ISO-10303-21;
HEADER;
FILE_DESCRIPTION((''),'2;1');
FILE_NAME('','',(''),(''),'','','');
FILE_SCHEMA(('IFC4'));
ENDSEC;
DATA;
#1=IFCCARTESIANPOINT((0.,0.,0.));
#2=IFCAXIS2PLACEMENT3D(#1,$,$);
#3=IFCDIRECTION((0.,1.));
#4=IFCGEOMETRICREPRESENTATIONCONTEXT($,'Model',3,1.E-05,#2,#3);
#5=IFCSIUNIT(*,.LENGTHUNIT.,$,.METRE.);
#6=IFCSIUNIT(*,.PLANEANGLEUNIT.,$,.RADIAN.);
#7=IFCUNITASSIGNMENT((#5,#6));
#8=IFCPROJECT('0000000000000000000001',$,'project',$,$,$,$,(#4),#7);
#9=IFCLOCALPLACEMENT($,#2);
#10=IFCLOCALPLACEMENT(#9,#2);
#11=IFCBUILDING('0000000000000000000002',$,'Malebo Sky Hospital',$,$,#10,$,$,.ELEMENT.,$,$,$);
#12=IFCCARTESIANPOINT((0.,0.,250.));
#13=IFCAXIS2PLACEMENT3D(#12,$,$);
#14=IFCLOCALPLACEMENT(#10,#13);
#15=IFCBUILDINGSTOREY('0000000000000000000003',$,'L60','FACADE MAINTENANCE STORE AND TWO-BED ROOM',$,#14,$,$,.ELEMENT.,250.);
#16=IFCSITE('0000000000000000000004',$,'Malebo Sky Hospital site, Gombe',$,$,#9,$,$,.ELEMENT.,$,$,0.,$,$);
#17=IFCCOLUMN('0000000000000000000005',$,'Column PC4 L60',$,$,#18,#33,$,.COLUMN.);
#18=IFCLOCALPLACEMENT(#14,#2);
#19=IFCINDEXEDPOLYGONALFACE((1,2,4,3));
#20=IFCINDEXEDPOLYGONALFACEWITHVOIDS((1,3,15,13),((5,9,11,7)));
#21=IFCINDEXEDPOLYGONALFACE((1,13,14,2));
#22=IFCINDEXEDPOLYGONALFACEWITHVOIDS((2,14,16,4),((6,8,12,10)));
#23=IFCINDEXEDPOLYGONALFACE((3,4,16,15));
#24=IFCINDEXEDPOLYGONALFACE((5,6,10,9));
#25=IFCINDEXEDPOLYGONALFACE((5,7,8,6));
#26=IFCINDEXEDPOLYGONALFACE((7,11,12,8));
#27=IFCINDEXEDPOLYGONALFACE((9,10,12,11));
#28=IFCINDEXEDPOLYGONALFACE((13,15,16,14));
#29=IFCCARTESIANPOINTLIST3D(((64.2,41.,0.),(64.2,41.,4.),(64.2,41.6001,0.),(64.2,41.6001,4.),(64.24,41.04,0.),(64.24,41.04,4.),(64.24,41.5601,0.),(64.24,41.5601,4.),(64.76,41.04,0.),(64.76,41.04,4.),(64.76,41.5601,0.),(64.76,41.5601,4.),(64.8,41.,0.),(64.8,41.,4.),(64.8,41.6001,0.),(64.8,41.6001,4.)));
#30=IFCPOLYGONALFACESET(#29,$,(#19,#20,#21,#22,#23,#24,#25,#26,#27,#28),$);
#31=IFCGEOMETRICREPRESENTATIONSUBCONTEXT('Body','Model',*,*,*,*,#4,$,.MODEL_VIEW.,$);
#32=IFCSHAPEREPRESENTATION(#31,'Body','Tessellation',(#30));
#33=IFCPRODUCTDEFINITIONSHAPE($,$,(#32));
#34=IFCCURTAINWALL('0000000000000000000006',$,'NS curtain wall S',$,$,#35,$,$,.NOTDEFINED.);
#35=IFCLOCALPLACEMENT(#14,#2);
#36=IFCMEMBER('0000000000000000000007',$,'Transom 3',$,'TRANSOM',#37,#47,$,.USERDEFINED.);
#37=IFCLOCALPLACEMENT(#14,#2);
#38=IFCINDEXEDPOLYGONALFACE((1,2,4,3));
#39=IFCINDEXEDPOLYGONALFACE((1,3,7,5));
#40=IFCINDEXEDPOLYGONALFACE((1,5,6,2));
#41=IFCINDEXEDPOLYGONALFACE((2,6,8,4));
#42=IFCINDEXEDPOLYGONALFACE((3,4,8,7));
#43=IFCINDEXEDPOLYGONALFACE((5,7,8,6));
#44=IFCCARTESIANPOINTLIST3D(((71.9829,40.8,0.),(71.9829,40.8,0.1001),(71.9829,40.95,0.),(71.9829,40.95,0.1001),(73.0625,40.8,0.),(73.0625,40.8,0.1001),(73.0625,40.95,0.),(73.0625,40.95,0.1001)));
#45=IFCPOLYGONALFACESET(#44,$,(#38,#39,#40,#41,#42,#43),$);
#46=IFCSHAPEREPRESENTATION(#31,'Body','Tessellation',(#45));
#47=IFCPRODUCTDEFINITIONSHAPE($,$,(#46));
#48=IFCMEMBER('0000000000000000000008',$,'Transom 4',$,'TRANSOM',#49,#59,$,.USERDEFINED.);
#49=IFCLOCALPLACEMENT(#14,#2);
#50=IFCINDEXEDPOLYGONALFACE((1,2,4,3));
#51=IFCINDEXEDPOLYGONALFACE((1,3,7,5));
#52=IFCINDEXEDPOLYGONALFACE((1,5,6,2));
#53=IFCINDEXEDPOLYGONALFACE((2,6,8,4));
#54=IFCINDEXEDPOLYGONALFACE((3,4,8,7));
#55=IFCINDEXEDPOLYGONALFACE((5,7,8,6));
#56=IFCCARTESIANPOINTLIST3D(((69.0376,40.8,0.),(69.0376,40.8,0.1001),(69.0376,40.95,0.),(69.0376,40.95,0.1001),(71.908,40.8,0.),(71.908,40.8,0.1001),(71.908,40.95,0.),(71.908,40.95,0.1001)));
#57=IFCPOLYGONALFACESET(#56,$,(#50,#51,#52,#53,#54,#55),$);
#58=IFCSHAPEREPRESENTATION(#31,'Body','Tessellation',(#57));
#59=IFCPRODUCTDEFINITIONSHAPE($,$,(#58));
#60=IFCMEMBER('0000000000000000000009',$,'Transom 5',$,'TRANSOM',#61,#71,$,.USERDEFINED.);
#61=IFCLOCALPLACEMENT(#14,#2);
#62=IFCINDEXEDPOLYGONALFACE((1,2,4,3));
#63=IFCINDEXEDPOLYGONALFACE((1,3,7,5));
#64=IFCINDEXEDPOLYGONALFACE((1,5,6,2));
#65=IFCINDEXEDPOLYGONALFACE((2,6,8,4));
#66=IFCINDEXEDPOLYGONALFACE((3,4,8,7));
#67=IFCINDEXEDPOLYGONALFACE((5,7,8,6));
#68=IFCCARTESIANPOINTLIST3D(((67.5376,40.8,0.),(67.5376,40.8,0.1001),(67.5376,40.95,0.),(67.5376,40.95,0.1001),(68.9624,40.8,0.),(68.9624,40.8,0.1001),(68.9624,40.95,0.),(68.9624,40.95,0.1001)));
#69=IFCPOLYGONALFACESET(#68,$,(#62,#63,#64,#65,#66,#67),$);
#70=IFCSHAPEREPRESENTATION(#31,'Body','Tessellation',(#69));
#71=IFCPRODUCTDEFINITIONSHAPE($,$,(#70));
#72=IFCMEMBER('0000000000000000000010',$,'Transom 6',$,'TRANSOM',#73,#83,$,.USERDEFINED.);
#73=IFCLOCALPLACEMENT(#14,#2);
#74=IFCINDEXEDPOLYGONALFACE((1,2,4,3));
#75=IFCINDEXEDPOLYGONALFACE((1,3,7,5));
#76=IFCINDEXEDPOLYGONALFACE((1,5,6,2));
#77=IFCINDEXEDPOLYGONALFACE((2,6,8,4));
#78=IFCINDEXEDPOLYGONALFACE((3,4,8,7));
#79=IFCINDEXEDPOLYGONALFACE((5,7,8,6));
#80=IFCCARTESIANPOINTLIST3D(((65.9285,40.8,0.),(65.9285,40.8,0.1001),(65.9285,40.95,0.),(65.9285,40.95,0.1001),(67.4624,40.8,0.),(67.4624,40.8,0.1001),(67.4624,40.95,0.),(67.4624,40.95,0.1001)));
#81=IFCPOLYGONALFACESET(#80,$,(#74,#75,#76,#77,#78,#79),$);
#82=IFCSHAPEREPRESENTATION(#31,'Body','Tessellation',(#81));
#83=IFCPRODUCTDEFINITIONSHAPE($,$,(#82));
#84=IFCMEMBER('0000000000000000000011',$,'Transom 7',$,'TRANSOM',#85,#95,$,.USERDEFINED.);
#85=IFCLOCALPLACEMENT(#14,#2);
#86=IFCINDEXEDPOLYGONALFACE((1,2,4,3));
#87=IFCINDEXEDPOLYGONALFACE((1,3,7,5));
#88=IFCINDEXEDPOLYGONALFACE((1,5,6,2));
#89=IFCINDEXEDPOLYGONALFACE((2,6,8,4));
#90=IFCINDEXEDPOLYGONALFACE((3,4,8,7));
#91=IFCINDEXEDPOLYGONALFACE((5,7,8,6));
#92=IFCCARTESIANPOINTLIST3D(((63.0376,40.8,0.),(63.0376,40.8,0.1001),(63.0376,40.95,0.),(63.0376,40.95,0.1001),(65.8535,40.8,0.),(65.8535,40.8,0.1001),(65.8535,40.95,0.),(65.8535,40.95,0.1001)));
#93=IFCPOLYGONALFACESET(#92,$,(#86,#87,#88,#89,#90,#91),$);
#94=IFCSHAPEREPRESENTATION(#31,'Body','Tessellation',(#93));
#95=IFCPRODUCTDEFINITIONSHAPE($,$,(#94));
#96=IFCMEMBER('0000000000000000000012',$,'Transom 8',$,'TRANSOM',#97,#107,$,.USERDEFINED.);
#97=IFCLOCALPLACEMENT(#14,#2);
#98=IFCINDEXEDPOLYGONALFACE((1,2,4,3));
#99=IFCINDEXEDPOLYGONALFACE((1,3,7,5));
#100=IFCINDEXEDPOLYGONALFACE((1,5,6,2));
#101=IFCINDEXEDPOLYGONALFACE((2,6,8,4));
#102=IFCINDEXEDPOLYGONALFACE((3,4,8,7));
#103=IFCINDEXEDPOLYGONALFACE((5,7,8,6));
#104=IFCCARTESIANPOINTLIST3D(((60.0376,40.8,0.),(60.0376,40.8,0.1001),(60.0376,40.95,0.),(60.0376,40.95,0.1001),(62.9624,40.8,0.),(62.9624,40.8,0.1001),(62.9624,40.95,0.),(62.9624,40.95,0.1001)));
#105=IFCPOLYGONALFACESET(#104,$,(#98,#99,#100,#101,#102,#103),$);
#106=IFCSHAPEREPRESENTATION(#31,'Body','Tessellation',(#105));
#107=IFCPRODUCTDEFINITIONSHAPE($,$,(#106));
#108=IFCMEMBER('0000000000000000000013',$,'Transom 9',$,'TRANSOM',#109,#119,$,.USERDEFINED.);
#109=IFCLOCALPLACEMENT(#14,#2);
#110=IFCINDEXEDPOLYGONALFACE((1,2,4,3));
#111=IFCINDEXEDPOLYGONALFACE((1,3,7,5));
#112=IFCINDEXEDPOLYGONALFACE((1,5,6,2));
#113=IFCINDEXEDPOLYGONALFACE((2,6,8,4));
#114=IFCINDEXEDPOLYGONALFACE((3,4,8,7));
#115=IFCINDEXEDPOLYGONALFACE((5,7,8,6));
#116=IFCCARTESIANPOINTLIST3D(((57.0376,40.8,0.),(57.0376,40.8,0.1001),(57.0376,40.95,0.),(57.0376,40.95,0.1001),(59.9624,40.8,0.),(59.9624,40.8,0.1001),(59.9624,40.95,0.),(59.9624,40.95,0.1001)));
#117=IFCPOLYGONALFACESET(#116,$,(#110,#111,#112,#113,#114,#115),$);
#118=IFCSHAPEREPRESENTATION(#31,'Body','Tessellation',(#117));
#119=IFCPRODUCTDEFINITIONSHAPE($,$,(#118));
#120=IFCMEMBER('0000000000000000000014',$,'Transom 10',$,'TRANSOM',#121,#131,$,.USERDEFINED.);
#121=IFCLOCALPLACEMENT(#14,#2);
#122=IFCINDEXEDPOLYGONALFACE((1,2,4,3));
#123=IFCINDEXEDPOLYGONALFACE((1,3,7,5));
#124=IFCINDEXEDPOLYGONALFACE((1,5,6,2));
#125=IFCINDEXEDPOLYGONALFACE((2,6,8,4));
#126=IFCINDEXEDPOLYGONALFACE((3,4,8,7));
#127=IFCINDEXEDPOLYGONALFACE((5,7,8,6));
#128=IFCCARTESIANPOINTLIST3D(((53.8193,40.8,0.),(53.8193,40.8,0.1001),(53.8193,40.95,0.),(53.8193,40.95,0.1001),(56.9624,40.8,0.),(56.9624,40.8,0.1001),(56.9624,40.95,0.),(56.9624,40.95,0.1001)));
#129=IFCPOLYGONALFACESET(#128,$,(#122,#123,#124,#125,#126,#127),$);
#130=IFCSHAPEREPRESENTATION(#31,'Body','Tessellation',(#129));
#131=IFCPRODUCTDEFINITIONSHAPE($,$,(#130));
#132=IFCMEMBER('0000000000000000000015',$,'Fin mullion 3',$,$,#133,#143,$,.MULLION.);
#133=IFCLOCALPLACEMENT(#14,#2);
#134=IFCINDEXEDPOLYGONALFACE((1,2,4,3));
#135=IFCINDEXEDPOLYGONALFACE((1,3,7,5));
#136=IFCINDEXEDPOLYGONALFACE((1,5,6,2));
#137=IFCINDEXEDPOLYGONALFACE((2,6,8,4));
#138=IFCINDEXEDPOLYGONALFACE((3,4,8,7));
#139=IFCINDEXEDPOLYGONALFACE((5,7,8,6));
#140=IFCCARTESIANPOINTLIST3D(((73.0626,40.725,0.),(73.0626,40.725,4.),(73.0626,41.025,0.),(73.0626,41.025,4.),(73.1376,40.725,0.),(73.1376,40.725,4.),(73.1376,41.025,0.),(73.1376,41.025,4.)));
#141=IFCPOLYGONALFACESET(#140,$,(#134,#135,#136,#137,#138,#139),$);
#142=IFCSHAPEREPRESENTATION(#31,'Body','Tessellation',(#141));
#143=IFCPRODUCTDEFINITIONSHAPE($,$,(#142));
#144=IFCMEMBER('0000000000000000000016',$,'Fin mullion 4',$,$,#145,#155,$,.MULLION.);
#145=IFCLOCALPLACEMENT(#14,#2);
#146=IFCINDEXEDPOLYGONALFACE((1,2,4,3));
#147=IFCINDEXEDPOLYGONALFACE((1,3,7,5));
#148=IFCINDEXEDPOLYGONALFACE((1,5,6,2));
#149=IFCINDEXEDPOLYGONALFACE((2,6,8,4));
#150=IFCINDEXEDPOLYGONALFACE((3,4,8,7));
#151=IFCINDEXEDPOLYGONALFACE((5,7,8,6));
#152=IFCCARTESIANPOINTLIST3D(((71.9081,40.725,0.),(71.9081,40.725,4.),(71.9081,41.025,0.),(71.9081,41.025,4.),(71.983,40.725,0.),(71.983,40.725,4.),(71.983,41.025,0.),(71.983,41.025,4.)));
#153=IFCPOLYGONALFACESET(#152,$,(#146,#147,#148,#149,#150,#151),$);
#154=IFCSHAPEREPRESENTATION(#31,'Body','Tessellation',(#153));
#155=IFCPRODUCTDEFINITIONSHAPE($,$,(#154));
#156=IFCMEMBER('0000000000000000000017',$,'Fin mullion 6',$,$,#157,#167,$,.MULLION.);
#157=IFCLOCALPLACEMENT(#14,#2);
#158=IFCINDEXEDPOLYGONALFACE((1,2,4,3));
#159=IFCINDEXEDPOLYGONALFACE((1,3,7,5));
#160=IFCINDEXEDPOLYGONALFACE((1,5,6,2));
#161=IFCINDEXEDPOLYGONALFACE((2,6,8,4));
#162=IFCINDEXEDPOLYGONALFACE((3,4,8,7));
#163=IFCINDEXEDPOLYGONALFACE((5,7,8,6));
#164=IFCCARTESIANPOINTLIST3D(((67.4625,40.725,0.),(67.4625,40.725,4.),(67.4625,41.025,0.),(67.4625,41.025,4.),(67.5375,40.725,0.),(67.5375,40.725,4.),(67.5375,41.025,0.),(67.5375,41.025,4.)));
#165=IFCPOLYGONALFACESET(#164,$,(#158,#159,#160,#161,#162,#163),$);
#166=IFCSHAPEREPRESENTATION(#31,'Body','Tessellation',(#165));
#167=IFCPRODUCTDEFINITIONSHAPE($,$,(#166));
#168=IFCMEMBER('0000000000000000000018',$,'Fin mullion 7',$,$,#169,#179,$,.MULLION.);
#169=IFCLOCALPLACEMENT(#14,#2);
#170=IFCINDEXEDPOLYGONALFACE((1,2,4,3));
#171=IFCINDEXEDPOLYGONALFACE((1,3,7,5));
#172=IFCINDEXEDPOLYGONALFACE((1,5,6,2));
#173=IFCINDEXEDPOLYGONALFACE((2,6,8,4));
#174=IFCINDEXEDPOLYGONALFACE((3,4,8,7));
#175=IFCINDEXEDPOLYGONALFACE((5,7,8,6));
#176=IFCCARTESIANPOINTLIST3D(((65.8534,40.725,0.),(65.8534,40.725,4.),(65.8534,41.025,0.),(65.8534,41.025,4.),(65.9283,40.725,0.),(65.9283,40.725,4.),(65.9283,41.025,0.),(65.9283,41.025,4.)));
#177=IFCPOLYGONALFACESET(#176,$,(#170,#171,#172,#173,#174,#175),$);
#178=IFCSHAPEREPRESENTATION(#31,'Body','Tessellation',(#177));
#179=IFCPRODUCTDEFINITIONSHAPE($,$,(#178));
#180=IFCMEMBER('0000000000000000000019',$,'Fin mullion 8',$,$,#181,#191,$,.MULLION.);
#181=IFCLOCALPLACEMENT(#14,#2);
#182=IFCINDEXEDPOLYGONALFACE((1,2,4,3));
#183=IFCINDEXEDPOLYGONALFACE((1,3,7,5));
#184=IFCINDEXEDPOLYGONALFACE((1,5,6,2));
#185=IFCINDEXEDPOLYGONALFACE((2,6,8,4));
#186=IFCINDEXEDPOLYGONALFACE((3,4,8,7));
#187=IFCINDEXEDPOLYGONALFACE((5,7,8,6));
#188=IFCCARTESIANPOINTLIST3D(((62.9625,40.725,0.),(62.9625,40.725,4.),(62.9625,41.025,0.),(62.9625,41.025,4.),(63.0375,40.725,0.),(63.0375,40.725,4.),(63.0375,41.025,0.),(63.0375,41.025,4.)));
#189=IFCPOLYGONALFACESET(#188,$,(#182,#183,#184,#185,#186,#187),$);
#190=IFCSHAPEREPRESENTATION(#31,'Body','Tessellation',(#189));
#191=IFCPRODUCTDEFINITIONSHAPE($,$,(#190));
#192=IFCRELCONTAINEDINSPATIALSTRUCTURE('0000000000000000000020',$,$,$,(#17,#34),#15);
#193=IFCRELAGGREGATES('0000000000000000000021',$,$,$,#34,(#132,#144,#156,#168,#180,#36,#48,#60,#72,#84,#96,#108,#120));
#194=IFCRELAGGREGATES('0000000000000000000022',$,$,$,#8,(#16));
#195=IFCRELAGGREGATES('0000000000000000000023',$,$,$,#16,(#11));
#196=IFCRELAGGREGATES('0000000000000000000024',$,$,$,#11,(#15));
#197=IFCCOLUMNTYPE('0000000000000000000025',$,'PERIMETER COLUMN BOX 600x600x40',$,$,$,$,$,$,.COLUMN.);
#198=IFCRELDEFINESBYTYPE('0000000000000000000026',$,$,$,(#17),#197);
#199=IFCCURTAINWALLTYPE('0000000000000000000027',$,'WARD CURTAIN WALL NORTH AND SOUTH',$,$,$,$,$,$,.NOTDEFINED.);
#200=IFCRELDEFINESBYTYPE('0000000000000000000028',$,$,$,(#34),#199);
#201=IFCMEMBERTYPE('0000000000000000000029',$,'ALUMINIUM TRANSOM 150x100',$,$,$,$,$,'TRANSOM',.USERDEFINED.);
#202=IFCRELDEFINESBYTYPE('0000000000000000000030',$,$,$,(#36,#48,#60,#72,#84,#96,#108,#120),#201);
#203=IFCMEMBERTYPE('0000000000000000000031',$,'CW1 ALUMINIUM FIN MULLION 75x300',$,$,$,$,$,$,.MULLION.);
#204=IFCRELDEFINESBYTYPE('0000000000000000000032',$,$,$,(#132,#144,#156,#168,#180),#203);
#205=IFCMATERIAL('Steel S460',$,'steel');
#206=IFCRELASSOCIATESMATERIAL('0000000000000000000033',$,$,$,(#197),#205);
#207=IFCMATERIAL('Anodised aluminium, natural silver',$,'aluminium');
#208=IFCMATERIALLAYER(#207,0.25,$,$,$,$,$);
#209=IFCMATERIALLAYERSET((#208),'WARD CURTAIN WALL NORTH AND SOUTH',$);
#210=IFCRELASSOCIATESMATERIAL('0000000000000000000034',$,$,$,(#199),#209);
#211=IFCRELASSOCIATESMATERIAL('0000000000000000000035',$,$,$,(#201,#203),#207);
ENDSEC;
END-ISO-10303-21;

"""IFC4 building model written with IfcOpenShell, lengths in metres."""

from ifc_helpers import new_model, si_unit, direction, frame, origin, origin_2d, place, context, subcontext, project, spatial, rectangle, hollow_rectangle, extrude, material, layer, layer_set, material_profile, profile_set, type_object, element, aggregate, save


model = new_model("IFC4")

# Units and contexts
model_context = context("Model", 3, precision=1e-05, world=origin(), true_north=direction((0.0, 1.0)))
body_context = subcontext(model_context, "Body", "Model", "MODEL_VIEW")
ifc_project = project(units=[si_unit("LENGTHUNIT", "METRE"), si_unit("PLANEANGLEUNIT", "RADIAN")], contexts=[model_context])

# Site, building, storey
site_placement = place(None, origin())
site = spatial("IfcSite", under=ifc_project, at=site_placement, Name="Malebo Sky Hospital site, Gombe", CompositionType="ELEMENT", RefElevation=0.0)
building_placement = place(site_placement, origin())
building = spatial("IfcBuilding", under=site, at=building_placement, Name="Malebo Sky Hospital", CompositionType="ELEMENT")
storey_placement = place(building_placement, frame((0.0, 0.0, 250.0)))
storey = spatial("IfcBuildingStorey", under=building, at=storey_placement, Name="L60", Description="FACADE MAINTENANCE STORE AND TWO-BED ROOM", CompositionType="ELEMENT", Elevation=250.0)

# Column
ifc_material_1 = material(Name="Steel S460", Category="steel")
ifc_material_profile_1 = material_profile(ifc_material_1, hollow_rectangle(XDim=0.6001, YDim=0.6001, WallThickness=0.04, at=origin_2d()), Name="BOX 600x600x40")
ifc_profile_set_1 = profile_set([ifc_material_profile_1], Name="Steel S460")
column_type = type_object("IfcColumnType", Name="PERIMETER COLUMN BOX 600x600x40", PredefinedType="COLUMN", material=ifc_profile_set_1)
column_placement = place(storey_placement, frame((64.5, 41.3, 0.0), z_axis=(0.0, 0.0, 1.0), x_axis=(1.0, 0.0, 0.0)))
element("IfcColumn", 1, at=column_placement, inside=storey, type_object=column_type, Name="Column PC4 L60", PredefinedType="COLUMN", context=body_context, shape_type="SweptSolid", body=[
    extrude(hollow_rectangle(XDim=0.6001, YDim=0.6001, WallThickness=0.04, at=origin_2d()), origin(), (0.0, 0.0, 1.0), 4.0),
])

# Curtain wall, members
ifc_material_2 = material(Name="Anodised aluminium, natural silver", Category="aluminium")
ifc_layer_1 = layer(ifc_material_2, 0.25)
ifc_layer_set_1 = layer_set([ifc_layer_1], Name="WARD CURTAIN WALL NORTH AND SOUTH")
curtain_wall_type = type_object("IfcCurtainWallType", Name="WARD CURTAIN WALL NORTH AND SOUTH", PredefinedType="NOTDEFINED", material=ifc_layer_set_1)
curtain_wall_placement = place(storey_placement, origin())
curtain_wall = element("IfcCurtainWall", 2, at=curtain_wall_placement, inside=storey, type_object=curtain_wall_type, Name="NS curtain wall S", PredefinedType="NOTDEFINED")
ifc_material_profile_2 = material_profile(ifc_material_2, rectangle(XDim=0.1499, YDim=0.1001, at=origin_2d()), Name="ALUMINIUM TRANSOM 150x100")
ifc_profile_set_2 = profile_set([ifc_material_profile_2], Name="Anodised aluminium, natural silver")
member_type_1 = type_object("IfcMemberType", Name="ALUMINIUM TRANSOM 150x100", ElementType="TRANSOM", PredefinedType="USERDEFINED", material=ifc_profile_set_2)
member_1_placement = place(storey_placement, frame((73.0625, 40.875, 0.05), z_axis=(-1.0, 0.0, 0.0), x_axis=(0.0, -1.0, 0.0)))
member_1 = element("IfcMember", 3, at=member_1_placement, type_object=member_type_1, Name="Transom 3", ObjectType="TRANSOM", PredefinedType="USERDEFINED", context=body_context, shape_type="SweptSolid", body=[
    extrude(rectangle(XDim=0.1499, YDim=0.1001, at=origin_2d()), origin(), (0.0, 0.0, 1.0), 1.0796),
])
member_2_placement = place(storey_placement, frame((71.908, 40.875, 0.05), z_axis=(-1.0, 0.0, 0.0), x_axis=(0.0, -1.0, 0.0)))
member_2 = element("IfcMember", 4, at=member_2_placement, type_object=member_type_1, Name="Transom 4", ObjectType="TRANSOM", PredefinedType="USERDEFINED", context=body_context, shape_type="SweptSolid", body=[
    extrude(rectangle(XDim=0.1499, YDim=0.1001, at=origin_2d()), origin(), (0.0, 0.0, 1.0), 2.8704),
])
member_3_placement = place(storey_placement, frame((68.9624, 40.875, 0.05), z_axis=(-1.0, 0.0, 0.0), x_axis=(0.0, -1.0, 0.0)))
member_3 = element("IfcMember", 5, at=member_3_placement, type_object=member_type_1, Name="Transom 5", ObjectType="TRANSOM", PredefinedType="USERDEFINED", context=body_context, shape_type="SweptSolid", body=[
    extrude(rectangle(XDim=0.1499, YDim=0.1001, at=origin_2d()), origin(), (0.0, 0.0, 1.0), 1.4248),
])
member_4_placement = place(storey_placement, frame((67.4624, 40.875, 0.05), z_axis=(-1.0, 0.0, 0.0), x_axis=(0.0, -1.0, 0.0)))
member_4 = element("IfcMember", 6, at=member_4_placement, type_object=member_type_1, Name="Transom 6", ObjectType="TRANSOM", PredefinedType="USERDEFINED", context=body_context, shape_type="SweptSolid", body=[
    extrude(rectangle(XDim=0.1499, YDim=0.1001, at=origin_2d()), origin(), (0.0, 0.0, 1.0), 1.5339),
])
member_5_placement = place(storey_placement, frame((65.8535, 40.875, 0.05), z_axis=(-1.0, 0.0, 0.0), x_axis=(0.0, -1.0, 0.0)))
member_5 = element("IfcMember", 7, at=member_5_placement, type_object=member_type_1, Name="Transom 7", ObjectType="TRANSOM", PredefinedType="USERDEFINED", context=body_context, shape_type="SweptSolid", body=[
    extrude(rectangle(XDim=0.1499, YDim=0.1001, at=origin_2d()), origin(), (0.0, 0.0, 1.0), 2.8159),
])
member_6_placement = place(storey_placement, frame((62.9624, 40.875, 0.05), z_axis=(-1.0, 0.0, 0.0), x_axis=(0.0, -1.0, 0.0)))
member_6 = element("IfcMember", 8, at=member_6_placement, type_object=member_type_1, Name="Transom 8", ObjectType="TRANSOM", PredefinedType="USERDEFINED", context=body_context, shape_type="SweptSolid", body=[
    extrude(rectangle(XDim=0.1499, YDim=0.1001, at=origin_2d()), origin(), (0.0, 0.0, 1.0), 2.9248),
])
member_7_placement = place(storey_placement, frame((59.9624, 40.875, 0.05), z_axis=(-1.0, 0.0, 0.0), x_axis=(0.0, -1.0, 0.0)))
member_7 = element("IfcMember", 9, at=member_7_placement, type_object=member_type_1, Name="Transom 9", ObjectType="TRANSOM", PredefinedType="USERDEFINED", context=body_context, shape_type="SweptSolid", body=[
    extrude(rectangle(XDim=0.1499, YDim=0.1001, at=origin_2d()), origin(), (0.0, 0.0, 1.0), 2.9248),
])
member_8_placement = place(storey_placement, frame((56.9624, 40.875, 0.05), z_axis=(-1.0, 0.0, 0.0), x_axis=(0.0, -1.0, 0.0)))
member_8 = element("IfcMember", 10, at=member_8_placement, type_object=member_type_1, Name="Transom 10", ObjectType="TRANSOM", PredefinedType="USERDEFINED", context=body_context, shape_type="SweptSolid", body=[
    extrude(rectangle(XDim=0.1499, YDim=0.1001, at=origin_2d()), origin(), (0.0, 0.0, 1.0), 3.1431),
])
ifc_material_profile_3 = material_profile(ifc_material_2, rectangle(XDim=0.075, YDim=0.3, at=origin_2d()), Name="CW1 ALUMINIUM FIN MULLION 75x300")
ifc_profile_set_3 = profile_set([ifc_material_profile_3], Name="Anodised aluminium, natural silver")
member_type_2 = type_object("IfcMemberType", Name="CW1 ALUMINIUM FIN MULLION 75x300", PredefinedType="MULLION", material=ifc_profile_set_3)
member_9_placement = place(storey_placement, frame((73.1001, 40.875, 0.0), z_axis=(0.0, 0.0, 1.0), x_axis=(-1.0, 0.0, 0.0)))
member_9 = element("IfcMember", 11, at=member_9_placement, type_object=member_type_2, Name="Fin mullion 3", PredefinedType="MULLION", context=body_context, shape_type="SweptSolid", body=[
    extrude(rectangle(XDim=0.075, YDim=0.3, at=origin_2d()), origin(), (0.0, 0.0, 1.0), 4.0),
])
member_10_placement = place(storey_placement, frame((71.9456, 40.875, 0.0), z_axis=(0.0, 0.0, 1.0), x_axis=(-1.0, 0.0, 0.0)))
member_10 = element("IfcMember", 12, at=member_10_placement, type_object=member_type_2, Name="Fin mullion 4", PredefinedType="MULLION", context=body_context, shape_type="SweptSolid", body=[
    extrude(rectangle(XDim=0.075, YDim=0.3, at=origin_2d()), origin(), (0.0, 0.0, 1.0), 4.0),
])
member_11_placement = place(storey_placement, frame((67.5, 40.875, 0.0), z_axis=(0.0, 0.0, 1.0), x_axis=(-1.0, 0.0, 0.0)))
member_11 = element("IfcMember", 13, at=member_11_placement, type_object=member_type_2, Name="Fin mullion 6", PredefinedType="MULLION", context=body_context, shape_type="SweptSolid", body=[
    extrude(rectangle(XDim=0.075, YDim=0.3, at=origin_2d()), origin(), (0.0, 0.0, 1.0), 4.0),
])
member_12_placement = place(storey_placement, frame((65.8909, 40.875, 0.0), z_axis=(0.0, 0.0, 1.0), x_axis=(-1.0, 0.0, 0.0)))
member_12 = element("IfcMember", 14, at=member_12_placement, type_object=member_type_2, Name="Fin mullion 7", PredefinedType="MULLION", context=body_context, shape_type="SweptSolid", body=[
    extrude(rectangle(XDim=0.075, YDim=0.3, at=origin_2d()), origin(), (0.0, 0.0, 1.0), 4.0),
])
member_13_placement = place(storey_placement, frame((63.0, 40.875, 0.0), z_axis=(0.0, 0.0, 1.0), x_axis=(-1.0, 0.0, 0.0)))
member_13 = element("IfcMember", 15, at=member_13_placement, type_object=member_type_2, Name="Fin mullion 8", PredefinedType="MULLION", context=body_context, shape_type="SweptSolid", body=[
    extrude(rectangle(XDim=0.075, YDim=0.3, at=origin_2d()), origin(), (0.0, 0.0, 1.0), 4.0),
])

aggregate(curtain_wall, [member_9, member_10, member_11, member_12, member_13, member_1, member_2, member_3, member_4, member_5, member_6, member_7, member_8])

save(model, "model.ifc")
